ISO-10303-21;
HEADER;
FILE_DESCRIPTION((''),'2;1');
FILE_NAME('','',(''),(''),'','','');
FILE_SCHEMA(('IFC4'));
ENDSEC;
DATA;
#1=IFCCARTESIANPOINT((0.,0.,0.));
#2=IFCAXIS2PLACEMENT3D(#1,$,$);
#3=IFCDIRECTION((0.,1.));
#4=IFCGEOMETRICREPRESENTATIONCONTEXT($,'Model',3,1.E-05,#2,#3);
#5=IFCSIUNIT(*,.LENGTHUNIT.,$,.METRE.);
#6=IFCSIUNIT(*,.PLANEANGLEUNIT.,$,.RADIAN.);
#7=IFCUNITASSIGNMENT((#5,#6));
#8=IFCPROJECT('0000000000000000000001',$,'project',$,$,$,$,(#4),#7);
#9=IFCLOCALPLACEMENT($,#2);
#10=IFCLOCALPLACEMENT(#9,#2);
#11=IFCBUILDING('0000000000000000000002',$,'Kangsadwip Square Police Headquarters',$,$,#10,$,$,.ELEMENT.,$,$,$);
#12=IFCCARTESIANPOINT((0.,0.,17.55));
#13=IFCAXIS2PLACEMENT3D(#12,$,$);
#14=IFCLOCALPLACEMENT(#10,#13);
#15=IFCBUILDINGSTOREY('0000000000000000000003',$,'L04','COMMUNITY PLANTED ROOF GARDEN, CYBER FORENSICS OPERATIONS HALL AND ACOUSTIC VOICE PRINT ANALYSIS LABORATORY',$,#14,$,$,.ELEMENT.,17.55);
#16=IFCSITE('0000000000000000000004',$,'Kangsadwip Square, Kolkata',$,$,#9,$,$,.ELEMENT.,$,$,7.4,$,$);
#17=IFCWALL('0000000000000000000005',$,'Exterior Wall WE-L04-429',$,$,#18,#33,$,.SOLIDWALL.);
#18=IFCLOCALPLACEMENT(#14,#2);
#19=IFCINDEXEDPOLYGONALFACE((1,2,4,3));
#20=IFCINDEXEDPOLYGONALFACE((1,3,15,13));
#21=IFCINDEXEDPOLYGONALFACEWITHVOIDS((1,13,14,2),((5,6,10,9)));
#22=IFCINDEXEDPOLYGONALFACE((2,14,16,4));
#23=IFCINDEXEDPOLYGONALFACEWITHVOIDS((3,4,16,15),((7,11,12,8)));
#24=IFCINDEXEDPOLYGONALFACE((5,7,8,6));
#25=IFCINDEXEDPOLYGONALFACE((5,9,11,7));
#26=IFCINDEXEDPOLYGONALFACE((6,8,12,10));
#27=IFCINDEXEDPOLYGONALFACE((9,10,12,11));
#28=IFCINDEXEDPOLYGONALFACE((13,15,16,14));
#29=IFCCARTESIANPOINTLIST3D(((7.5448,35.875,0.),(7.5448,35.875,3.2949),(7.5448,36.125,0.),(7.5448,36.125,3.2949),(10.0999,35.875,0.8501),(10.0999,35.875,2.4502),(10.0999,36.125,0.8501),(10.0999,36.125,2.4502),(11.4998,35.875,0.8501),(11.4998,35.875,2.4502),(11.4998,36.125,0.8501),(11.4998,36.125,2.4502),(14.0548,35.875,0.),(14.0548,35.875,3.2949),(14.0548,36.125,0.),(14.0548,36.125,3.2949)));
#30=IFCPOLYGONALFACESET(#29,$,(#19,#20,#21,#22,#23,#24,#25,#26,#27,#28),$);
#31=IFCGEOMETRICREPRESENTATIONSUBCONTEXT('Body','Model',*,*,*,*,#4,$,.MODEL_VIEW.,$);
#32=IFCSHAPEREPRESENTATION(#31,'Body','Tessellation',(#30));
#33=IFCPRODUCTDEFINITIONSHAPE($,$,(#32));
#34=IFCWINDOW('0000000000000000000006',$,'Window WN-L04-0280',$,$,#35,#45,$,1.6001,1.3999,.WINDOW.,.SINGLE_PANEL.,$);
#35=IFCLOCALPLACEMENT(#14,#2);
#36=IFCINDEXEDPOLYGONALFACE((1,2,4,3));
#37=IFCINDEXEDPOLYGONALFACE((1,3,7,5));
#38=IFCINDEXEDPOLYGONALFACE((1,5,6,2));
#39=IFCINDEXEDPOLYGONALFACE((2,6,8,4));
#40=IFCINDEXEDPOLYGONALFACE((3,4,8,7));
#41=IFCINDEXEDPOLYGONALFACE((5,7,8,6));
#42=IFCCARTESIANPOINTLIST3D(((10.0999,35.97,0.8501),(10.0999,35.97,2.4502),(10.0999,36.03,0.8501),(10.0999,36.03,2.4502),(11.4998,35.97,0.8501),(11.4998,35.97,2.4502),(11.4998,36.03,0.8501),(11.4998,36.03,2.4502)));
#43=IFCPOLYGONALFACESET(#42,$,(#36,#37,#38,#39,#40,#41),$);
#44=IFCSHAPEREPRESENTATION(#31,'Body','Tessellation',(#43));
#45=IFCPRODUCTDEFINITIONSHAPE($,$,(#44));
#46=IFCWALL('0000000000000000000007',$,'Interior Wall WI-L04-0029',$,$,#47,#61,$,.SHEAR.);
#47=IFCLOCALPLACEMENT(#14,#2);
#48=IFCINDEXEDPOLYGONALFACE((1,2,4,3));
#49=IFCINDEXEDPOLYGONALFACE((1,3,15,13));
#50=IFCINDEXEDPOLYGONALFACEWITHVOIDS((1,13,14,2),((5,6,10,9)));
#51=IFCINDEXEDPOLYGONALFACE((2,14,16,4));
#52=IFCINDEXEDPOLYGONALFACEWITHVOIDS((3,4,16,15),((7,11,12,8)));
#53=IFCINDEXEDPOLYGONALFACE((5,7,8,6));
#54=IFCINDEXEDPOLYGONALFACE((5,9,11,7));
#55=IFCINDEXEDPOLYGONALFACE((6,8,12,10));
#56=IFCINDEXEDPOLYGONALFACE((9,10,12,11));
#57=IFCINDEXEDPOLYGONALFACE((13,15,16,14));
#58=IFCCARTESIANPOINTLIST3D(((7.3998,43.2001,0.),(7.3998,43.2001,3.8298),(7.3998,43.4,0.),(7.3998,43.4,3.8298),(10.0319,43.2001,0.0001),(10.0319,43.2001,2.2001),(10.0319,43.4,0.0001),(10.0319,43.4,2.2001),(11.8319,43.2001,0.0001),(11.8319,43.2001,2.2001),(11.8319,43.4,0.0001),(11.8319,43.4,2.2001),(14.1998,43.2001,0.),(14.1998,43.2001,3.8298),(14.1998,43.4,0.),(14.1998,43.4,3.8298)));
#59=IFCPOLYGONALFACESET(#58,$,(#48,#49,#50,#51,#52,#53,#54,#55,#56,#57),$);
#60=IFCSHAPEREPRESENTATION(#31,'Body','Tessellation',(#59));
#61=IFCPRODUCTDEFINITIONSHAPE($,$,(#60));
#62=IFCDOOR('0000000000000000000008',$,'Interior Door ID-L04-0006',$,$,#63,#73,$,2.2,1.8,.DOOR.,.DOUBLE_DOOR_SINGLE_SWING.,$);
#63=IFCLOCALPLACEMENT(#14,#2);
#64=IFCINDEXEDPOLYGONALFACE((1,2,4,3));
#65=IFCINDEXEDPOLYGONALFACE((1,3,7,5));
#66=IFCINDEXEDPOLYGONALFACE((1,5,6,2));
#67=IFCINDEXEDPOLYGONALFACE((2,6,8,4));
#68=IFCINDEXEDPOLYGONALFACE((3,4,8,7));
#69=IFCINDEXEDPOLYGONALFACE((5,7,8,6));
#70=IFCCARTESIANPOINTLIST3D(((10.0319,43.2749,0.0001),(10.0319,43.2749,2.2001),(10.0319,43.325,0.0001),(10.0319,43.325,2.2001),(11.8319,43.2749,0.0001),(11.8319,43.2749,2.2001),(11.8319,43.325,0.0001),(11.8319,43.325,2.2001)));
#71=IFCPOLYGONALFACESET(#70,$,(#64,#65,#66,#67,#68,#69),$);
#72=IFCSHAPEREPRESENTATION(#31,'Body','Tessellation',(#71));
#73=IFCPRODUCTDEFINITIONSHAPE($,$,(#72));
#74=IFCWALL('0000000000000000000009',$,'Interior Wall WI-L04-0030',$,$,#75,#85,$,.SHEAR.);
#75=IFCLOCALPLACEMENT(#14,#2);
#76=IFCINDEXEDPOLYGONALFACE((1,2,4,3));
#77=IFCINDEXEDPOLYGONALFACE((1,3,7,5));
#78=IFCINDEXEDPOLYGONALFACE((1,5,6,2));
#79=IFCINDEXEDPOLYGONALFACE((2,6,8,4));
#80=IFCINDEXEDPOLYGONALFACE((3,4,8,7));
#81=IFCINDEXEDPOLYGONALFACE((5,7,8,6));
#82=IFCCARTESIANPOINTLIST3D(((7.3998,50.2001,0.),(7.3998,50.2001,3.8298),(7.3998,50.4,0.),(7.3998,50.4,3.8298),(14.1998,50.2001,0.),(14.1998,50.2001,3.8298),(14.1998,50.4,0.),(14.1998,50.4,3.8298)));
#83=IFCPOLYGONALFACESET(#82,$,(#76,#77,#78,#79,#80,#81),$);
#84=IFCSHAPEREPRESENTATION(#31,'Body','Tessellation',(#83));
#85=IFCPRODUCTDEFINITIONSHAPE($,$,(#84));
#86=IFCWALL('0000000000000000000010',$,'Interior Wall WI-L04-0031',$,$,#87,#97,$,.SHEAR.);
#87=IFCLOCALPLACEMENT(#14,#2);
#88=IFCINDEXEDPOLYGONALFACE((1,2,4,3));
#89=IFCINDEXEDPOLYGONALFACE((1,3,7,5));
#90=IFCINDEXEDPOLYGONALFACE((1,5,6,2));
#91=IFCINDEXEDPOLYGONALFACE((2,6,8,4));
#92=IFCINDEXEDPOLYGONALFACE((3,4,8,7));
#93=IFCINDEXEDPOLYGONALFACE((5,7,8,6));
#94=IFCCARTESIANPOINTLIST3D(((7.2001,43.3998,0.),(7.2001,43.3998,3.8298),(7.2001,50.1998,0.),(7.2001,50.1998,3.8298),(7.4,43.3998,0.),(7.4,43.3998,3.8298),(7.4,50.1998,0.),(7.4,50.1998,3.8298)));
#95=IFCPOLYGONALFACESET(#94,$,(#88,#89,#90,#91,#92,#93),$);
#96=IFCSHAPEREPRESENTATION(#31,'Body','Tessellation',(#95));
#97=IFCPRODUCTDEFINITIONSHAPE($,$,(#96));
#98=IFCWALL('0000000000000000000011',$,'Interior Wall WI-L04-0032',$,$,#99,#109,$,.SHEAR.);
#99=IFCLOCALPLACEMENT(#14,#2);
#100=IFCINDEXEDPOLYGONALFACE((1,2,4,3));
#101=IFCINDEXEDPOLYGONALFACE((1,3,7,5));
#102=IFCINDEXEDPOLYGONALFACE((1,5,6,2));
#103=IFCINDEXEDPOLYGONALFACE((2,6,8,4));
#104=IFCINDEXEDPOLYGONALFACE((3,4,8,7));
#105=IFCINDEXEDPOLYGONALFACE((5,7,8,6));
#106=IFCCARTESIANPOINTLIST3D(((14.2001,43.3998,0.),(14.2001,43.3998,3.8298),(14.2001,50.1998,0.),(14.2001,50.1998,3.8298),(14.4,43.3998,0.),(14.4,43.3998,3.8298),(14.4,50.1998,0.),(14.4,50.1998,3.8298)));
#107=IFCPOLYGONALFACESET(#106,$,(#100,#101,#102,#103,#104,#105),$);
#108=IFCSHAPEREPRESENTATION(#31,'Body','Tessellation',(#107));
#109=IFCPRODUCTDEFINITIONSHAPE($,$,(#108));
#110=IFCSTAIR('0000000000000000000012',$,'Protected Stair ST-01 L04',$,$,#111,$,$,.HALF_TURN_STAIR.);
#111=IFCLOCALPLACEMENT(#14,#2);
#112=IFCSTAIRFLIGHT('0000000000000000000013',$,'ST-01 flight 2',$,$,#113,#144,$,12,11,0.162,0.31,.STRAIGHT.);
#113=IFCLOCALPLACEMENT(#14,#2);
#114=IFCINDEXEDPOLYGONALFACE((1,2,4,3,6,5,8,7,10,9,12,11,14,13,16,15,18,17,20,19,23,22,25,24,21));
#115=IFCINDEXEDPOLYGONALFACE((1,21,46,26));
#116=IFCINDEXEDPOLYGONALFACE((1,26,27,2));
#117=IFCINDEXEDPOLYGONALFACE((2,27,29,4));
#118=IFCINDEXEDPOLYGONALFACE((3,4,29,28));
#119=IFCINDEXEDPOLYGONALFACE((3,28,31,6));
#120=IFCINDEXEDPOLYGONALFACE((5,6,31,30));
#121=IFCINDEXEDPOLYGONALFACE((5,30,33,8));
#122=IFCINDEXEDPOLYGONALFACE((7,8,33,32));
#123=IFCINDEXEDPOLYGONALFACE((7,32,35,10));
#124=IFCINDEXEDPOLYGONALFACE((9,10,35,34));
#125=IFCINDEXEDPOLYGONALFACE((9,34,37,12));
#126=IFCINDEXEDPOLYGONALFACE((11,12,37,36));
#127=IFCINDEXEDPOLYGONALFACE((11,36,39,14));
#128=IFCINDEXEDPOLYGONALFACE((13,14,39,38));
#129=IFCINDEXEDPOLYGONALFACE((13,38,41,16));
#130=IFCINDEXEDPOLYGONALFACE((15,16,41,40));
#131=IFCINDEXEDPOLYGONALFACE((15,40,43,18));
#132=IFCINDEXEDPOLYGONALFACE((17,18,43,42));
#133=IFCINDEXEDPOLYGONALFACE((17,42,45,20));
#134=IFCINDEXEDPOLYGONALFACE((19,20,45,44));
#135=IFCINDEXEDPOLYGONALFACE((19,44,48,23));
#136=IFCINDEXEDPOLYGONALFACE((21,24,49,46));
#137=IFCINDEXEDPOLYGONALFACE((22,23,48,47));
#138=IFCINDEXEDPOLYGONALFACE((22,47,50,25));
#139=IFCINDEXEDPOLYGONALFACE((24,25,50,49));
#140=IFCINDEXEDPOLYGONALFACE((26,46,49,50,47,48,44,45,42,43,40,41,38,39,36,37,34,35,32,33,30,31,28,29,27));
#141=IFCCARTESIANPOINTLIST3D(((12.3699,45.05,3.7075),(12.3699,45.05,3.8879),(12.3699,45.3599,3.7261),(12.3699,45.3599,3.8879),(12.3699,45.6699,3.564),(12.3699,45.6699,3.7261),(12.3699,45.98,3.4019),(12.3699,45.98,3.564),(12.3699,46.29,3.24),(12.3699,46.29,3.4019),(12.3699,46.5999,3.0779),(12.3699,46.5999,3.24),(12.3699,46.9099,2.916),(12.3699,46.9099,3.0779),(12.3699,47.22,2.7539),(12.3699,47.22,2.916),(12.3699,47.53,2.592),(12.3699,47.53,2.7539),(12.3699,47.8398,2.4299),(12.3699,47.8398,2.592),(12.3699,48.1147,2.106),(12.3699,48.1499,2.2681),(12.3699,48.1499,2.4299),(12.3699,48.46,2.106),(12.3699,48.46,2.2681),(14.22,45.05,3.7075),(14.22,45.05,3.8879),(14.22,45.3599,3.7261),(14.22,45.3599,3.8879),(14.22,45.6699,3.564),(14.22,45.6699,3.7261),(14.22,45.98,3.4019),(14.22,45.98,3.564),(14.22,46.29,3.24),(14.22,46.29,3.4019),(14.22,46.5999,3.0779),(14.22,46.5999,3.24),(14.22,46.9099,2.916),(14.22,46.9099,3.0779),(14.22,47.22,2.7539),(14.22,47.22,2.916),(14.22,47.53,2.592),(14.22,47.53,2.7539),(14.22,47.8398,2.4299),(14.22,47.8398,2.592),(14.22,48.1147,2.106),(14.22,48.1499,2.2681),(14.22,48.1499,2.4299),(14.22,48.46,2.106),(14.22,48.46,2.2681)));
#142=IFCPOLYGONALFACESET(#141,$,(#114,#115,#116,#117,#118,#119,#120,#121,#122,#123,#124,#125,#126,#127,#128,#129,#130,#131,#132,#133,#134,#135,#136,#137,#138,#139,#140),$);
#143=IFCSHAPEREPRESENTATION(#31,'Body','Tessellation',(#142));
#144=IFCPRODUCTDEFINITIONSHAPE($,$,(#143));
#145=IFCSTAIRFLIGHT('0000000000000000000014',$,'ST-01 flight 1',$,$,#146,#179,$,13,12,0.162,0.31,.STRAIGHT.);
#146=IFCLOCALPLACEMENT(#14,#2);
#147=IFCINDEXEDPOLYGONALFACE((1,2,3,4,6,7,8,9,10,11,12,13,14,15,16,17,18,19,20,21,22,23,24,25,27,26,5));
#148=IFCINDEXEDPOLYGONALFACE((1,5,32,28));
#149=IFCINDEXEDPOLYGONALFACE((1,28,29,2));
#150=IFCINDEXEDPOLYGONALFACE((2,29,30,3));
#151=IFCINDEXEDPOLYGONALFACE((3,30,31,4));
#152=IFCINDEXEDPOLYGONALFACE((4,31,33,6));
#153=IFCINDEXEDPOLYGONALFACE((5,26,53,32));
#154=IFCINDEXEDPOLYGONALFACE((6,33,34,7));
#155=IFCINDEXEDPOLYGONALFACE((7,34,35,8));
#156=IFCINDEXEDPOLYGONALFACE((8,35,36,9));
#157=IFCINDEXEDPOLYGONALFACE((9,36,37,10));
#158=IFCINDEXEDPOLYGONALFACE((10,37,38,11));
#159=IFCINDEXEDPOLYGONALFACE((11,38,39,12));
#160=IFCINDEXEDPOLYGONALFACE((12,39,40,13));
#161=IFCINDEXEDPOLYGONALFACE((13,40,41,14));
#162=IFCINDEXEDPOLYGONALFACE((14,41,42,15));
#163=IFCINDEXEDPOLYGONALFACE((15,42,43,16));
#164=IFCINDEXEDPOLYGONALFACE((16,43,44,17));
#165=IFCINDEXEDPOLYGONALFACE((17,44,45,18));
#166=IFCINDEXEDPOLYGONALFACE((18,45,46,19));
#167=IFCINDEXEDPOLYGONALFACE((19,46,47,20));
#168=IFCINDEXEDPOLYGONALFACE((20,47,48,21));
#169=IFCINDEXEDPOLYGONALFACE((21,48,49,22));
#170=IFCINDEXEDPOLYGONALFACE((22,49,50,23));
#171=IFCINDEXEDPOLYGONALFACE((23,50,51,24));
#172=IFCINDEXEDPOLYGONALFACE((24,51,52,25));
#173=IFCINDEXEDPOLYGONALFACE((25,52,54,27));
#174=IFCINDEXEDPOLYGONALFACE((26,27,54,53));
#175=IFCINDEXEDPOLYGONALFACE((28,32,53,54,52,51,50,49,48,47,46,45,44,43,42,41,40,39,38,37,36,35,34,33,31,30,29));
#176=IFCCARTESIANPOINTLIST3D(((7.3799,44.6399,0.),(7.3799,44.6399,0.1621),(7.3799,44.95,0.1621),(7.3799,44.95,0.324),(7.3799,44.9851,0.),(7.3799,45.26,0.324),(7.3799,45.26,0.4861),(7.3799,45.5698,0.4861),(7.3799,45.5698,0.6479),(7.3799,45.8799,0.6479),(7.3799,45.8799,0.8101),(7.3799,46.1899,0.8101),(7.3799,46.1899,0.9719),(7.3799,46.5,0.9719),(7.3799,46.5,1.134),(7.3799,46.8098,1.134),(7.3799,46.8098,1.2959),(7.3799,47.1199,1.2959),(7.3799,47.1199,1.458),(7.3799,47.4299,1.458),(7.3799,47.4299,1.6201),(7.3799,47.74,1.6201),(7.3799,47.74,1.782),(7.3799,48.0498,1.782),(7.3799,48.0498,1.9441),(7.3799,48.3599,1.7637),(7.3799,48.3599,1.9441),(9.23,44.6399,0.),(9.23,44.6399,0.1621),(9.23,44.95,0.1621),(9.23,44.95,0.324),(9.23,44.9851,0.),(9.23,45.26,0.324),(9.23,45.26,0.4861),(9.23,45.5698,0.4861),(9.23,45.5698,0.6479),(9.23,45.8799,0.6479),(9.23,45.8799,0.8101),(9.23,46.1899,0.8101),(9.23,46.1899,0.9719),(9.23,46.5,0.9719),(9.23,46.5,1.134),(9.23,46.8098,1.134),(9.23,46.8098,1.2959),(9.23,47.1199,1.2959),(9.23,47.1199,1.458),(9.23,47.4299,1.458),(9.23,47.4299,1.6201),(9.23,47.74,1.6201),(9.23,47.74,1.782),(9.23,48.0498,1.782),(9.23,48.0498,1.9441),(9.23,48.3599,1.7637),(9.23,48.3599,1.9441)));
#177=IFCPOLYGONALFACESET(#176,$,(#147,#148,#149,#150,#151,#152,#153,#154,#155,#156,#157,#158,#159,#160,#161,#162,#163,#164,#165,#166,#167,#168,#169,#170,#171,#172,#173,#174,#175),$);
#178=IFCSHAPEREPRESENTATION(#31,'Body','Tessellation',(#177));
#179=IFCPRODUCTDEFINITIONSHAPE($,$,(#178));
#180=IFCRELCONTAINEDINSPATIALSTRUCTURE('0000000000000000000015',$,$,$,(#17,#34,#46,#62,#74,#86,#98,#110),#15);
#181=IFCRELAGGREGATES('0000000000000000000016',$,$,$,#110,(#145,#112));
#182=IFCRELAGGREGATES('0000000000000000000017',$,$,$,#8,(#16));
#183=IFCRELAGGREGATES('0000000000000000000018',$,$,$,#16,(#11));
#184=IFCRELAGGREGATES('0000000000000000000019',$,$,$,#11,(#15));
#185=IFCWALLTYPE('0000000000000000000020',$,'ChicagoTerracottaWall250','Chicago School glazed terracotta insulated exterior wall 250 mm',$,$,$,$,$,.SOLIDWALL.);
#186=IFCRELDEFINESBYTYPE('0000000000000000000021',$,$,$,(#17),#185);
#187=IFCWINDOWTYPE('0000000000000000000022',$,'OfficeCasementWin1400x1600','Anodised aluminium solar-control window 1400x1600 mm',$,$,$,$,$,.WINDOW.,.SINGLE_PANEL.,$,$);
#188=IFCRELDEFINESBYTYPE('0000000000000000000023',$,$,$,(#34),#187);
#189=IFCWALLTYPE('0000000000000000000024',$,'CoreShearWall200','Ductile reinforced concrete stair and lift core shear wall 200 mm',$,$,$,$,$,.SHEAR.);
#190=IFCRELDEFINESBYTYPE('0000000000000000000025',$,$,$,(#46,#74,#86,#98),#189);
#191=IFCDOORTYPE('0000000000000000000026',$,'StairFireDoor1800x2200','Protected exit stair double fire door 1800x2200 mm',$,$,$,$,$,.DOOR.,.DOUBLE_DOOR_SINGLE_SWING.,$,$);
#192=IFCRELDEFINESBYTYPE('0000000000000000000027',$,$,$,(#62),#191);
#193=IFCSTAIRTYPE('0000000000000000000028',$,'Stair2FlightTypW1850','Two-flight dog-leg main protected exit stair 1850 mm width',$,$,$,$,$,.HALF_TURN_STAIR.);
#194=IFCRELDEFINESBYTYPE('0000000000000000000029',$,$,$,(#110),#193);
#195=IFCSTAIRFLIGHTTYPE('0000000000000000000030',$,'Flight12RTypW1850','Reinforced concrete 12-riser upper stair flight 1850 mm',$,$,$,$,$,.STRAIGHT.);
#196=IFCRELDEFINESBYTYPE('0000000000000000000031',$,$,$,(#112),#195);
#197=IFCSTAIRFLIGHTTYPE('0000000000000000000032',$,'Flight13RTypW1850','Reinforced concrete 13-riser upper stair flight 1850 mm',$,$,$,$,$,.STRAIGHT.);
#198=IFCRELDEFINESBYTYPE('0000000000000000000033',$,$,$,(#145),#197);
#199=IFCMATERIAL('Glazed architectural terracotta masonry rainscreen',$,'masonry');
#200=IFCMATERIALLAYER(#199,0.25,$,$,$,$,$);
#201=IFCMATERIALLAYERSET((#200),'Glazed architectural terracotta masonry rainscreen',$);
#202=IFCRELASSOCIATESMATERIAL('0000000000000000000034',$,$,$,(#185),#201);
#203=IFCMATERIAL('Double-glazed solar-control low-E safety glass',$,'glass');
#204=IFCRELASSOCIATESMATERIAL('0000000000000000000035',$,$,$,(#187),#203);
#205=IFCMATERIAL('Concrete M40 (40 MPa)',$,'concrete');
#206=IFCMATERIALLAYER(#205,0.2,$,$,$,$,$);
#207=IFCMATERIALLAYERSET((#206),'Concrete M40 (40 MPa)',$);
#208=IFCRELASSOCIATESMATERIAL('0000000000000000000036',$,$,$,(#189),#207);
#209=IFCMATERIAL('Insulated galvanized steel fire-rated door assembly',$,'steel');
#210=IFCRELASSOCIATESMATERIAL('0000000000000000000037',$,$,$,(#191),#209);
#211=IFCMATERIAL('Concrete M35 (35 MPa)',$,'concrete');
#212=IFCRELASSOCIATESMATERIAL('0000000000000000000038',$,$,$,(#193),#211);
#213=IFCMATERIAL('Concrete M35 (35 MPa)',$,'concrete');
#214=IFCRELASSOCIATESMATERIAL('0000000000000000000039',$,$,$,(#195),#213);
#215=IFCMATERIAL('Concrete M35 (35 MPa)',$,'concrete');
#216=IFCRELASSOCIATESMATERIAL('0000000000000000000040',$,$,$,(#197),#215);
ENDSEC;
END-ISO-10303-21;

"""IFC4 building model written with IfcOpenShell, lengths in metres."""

from ifc_helpers import new_model, si_unit, direction, frame, frame_2d, origin, place, context, subcontext, project, spatial, polyline, rectangle, outline, extrude, material, layer, layer_set, type_object, element, fill, aggregate, save


model = new_model("IFC4")

# Units and contexts
model_context = context("Model", 3, precision=1e-05, world=origin(), true_north=direction((0.0, 1.0)))
body_context = subcontext(model_context, "Body", "Model", "MODEL_VIEW")
ifc_project = project(units=[si_unit("LENGTHUNIT", "METRE"), si_unit("PLANEANGLEUNIT", "RADIAN")], contexts=[model_context])

# Site, building, storey
site_placement = place(None, origin())
site = spatial("IfcSite", under=ifc_project, at=site_placement, Name="Kangsadwip Square, Kolkata", CompositionType="ELEMENT", RefElevation=7.4)
building_placement = place(site_placement, origin())
building = spatial("IfcBuilding", under=site, at=building_placement, Name="Kangsadwip Square Police Headquarters", CompositionType="ELEMENT")
storey_placement = place(building_placement, frame((0.0, 0.0, 17.55)))
storey = spatial("IfcBuildingStorey", under=building, at=storey_placement, Name="L04", Description="COMMUNITY PLANTED ROOF GARDEN, CYBER FORENSICS OPERATIONS HALL AND ACOUSTIC VOICE PRINT ANALYSIS LABORATORY", CompositionType="ELEMENT", Elevation=17.55)

# Wall, opening, window
ifc_material_1 = material(Name="Glazed architectural terracotta masonry rainscreen", Category="masonry")
ifc_layer_1 = layer(ifc_material_1, 0.25)
ifc_layer_set_1 = layer_set([ifc_layer_1], Name="Glazed architectural terracotta masonry rainscreen")
wall_type_1 = type_object("IfcWallType", Name="ChicagoTerracottaWall250", Description="Chicago School glazed terracotta insulated exterior wall 250 mm", PredefinedType="SOLIDWALL", material=ifc_layer_set_1)
wall_1_placement = place(storey_placement, frame((7.5449, 36.0, 0.0), z_axis=(0.0, 0.0, 1.0), x_axis=(1.0, 0.0, 0.0)))
wall_1 = element("IfcWall", 1, at=wall_1_placement, inside=storey, type_object=wall_type_1, Name="Exterior Wall WE-L04-429", PredefinedType="SOLIDWALL", context=body_context, shape_type="SweptSolid", body=[
    extrude(rectangle(XDim=6.51, YDim=0.25, at=frame_2d((3.2549, 0.0))), origin(), (0.0, 0.0, 1.0), 3.2949),
])
opening_1_placement = place(wall_1_placement, frame((2.5549, 0.0, 0.8501)))
opening_1 = element("IfcOpeningElement", 2, at=opening_1_placement, cuts=wall_1, PredefinedType="OPENING", context=body_context, shape_type="SweptSolid", body=[
    extrude(rectangle(XDim=1.3999, YDim=1.6001, at=frame_2d((0.7, 0.8))), frame((0.0, 0.135, 0.0), z_axis=(0.0, -1.0, 0.0), x_axis=(1.0, 0.0, 0.0)), (0.0, 0.0, 1.0), 0.27),
])
ifc_material_2 = material(Name="Double-glazed solar-control low-E safety glass", Category="glass")
window_type = type_object("IfcWindowType", Name="OfficeCasementWin1400x1600", Description="Anodised aluminium solar-control window 1400x1600 mm", PartitioningType="SINGLE_PANEL", PredefinedType="WINDOW", material=ifc_material_2)
window_placement = place(opening_1_placement, origin())
window = element("IfcWindow", 3, at=window_placement, inside=storey, type_object=window_type, Name="Window WN-L04-0280", OverallHeight=1.6001, OverallWidth=1.3999, PartitioningType="SINGLE_PANEL", PredefinedType="WINDOW", context=body_context, shape_type="SweptSolid", body=[
    extrude(rectangle(XDim=1.3999, YDim=1.6001, at=frame_2d((0.7, 0.8))), frame((0.0, 0.03, 0.0), z_axis=(0.0, -1.0, 0.0), x_axis=(1.0, 0.0, 0.0)), (0.0, 0.0, 1.0), 0.0601),
])
fill(opening_1, window)

# Wall, opening, door
ifc_material_3 = material(Name="Concrete M40 (40 MPa)", Category="concrete")
ifc_layer_2 = layer(ifc_material_3, 0.2)
ifc_layer_set_2 = layer_set([ifc_layer_2], Name="Concrete M40 (40 MPa)")
wall_type_2 = type_object("IfcWallType", Name="CoreShearWall200", Description="Ductile reinforced concrete stair and lift core shear wall 200 mm", PredefinedType="SHEAR", material=ifc_layer_set_2)
wall_2_placement = place(storey_placement, frame((7.3999, 43.3, 0.0), z_axis=(0.0, 0.0, 1.0), x_axis=(1.0, 0.0, 0.0)))
wall_2 = element("IfcWall", 4, at=wall_2_placement, inside=storey, type_object=wall_type_2, Name="Interior Wall WI-L04-0029", PredefinedType="SHEAR", context=body_context, shape_type="SweptSolid", body=[
    extrude(rectangle(XDim=6.8, YDim=0.2, at=frame_2d((3.3999, 0.0))), origin(), (0.0, 0.0, 1.0), 3.8298),
])
opening_2_placement = place(wall_2_placement, frame((2.6321, 0.0, 0.0)))
opening_2 = element("IfcOpeningElement", 5, at=opening_2_placement, cuts=wall_2, PredefinedType="OPENING", context=body_context, shape_type="SweptSolid", body=[
    extrude(rectangle(XDim=1.8, YDim=2.2, at=frame_2d((0.8999, 1.1001))), frame((0.0, 0.1099, 0.0), z_axis=(0.0, -1.0, 0.0), x_axis=(1.0, 0.0, 0.0)), (0.0, 0.0, 1.0), 0.22),
])
ifc_material_4 = material(Name="Insulated galvanized steel fire-rated door assembly", Category="steel")
door_type = type_object("IfcDoorType", Name="StairFireDoor1800x2200", Description="Protected exit stair double fire door 1800x2200 mm", OperationType="DOUBLE_DOOR_SINGLE_SWING", PredefinedType="DOOR", material=ifc_material_4)
door_placement = place(opening_2_placement, origin())
door = element("IfcDoor", 6, at=door_placement, inside=storey, type_object=door_type, Name="Interior Door ID-L04-0006", OperationType="DOUBLE_DOOR_SINGLE_SWING", OverallHeight=2.2, OverallWidth=1.8, PredefinedType="DOOR", context=body_context, shape_type="SweptSolid", body=[
    extrude(rectangle(XDim=1.8, YDim=2.2, at=frame_2d((0.8999, 1.1001))), frame((0.0, 0.0249, 0.0), z_axis=(0.0, -1.0, 0.0), x_axis=(1.0, 0.0, 0.0)), (0.0, 0.0, 1.0), 0.05),
])
fill(opening_2, door)

# Walls
for number, where, z_axis, x_axis, name in (
    (7, (7.3999, 50.3, 0.0), (0.0, 0.0, 1.0), (1.0, 0.0, 0.0), "Interior Wall WI-L04-0030"),
    (8, (7.3, 43.3999, 0.0), (0.0, 0.0, 1.0), (0.0, 1.0, 0.0), "Interior Wall WI-L04-0031"),
    (9, (14.3, 43.3999, 0.0), (0.0, 0.0, 1.0), (0.0, 1.0, 0.0), "Interior Wall WI-L04-0032"),
):
    element("IfcWall", number, at=place(storey_placement, frame(where, z_axis=z_axis, x_axis=x_axis)), inside=storey, type_object=wall_type_2, Name=name, PredefinedType="SHEAR", context=body_context, shape_type="SweptSolid", body=[
        extrude(rectangle(XDim=6.8, YDim=0.2, at=frame_2d((3.3999, 0.0))), origin(), (0.0, 0.0, 1.0), 3.8298),
    ])

# Stair, stair flights
ifc_material_5 = material(Name="Concrete M35 (35 MPa)", Category="concrete")
stair_type = type_object("IfcStairType", Name="Stair2FlightTypW1850", Description="Two-flight dog-leg main protected exit stair 1850 mm width", PredefinedType="HALF_TURN_STAIR", material=ifc_material_5)
stair_placement = place(storey_placement, origin())
stair = element("IfcStair", 10, at=stair_placement, inside=storey, type_object=stair_type, Name="Protected Stair ST-01 L04", PredefinedType="HALF_TURN_STAIR")
ifc_material_6 = material(Name="Concrete M35 (35 MPa)", Category="concrete")
stair_flight_type_1 = type_object("IfcStairFlightType", Name="Flight12RTypW1850", Description="Reinforced concrete 12-riser upper stair flight 1850 mm", PredefinedType="STRAIGHT", material=ifc_material_6)
stair_flight_1_placement = place(storey_placement, frame((13.2949, 48.46, 2.106), z_axis=(0.0, 0.0, 1.0), x_axis=(0.0, -1.0, 0.0)))
stair_flight_1 = element("IfcStairFlight", 11, at=stair_flight_1_placement, type_object=stair_flight_type_1, Name="ST-01 flight 2", NumberOfRisers=12, NumberOfTreads=11, PredefinedType="STRAIGHT", RiserHeight=0.162, TreadLength=0.31, context=body_context, shape_type="SweptSolid", body=[
    extrude(outline(polyline([(0.0, 0.0), (0.0, 0.1621), (0.3101, 0.1621), (0.3101, 0.324), (0.6201, 0.324), (0.6201, 0.4861), (0.9299, 0.4861), (0.9299, 0.6479), (1.24, 0.6479), (1.24, 0.8101), (1.55, 0.8101), (1.55, 0.9719), (1.8601, 0.9719), (1.8601, 1.134), (2.1699, 1.134), (2.1699, 1.2959), (2.48, 1.2959), (2.48, 1.458), (2.79, 1.458), (2.79, 1.6201), (3.1001, 1.6201), (3.1001, 1.782), (3.4099, 1.782), (3.4099, 1.9441), (3.4099, 1.6016), (0.3452, 0.0), (0.0, 0.0)])), frame((0.0, 0.925, 0.0), z_axis=(0.0, -1.0, 0.0), x_axis=(1.0, 0.0, 0.0)), (0.0, 0.0, 1.0), 1.8501),
])
ifc_material_7 = material(Name="Concrete M35 (35 MPa)", Category="concrete")
stair_flight_type_2 = type_object("IfcStairFlightType", Name="Flight13RTypW1850", Description="Reinforced concrete 13-riser upper stair flight 1850 mm", PredefinedType="STRAIGHT", material=ifc_material_7)
stair_flight_2_placement = place(storey_placement, frame((8.3049, 44.6399, 0.0), z_axis=(0.0, 0.0, 1.0), x_axis=(0.0, 1.0, 0.0)))
stair_flight_2 = element("IfcStairFlight", 12, at=stair_flight_2_placement, type_object=stair_flight_type_2, Name="ST-01 flight 1", NumberOfRisers=13, NumberOfTreads=12, PredefinedType="STRAIGHT", RiserHeight=0.162, TreadLength=0.31, context=body_context, shape_type="SweptSolid", body=[
    extrude(outline(polyline([(0.0, 0.0), (0.0, 0.1621), (0.3101, 0.1621), (0.3101, 0.324), (0.6201, 0.324), (0.6201, 0.4861), (0.9299, 0.4861), (0.9299, 0.6479), (1.24, 0.6479), (1.24, 0.8101), (1.55, 0.8101), (1.55, 0.9719), (1.8601, 0.9719), (1.8601, 1.134), (2.1699, 1.134), (2.1699, 1.2959), (2.48, 1.2959), (2.48, 1.458), (2.79, 1.458), (2.79, 1.6201), (3.1001, 1.6201), (3.1001, 1.782), (3.4099, 1.782), (3.4099, 1.9441), (3.72, 1.9441), (3.72, 2.106), (3.72, 1.7637), (0.3452, 0.0), (0.0, 0.0)])), frame((0.0, 0.925, 0.0), z_axis=(0.0, -1.0, 0.0), x_axis=(1.0, 0.0, 0.0)), (0.0, 0.0, 1.0), 1.8501),
])
aggregate(stair, [stair_flight_2, stair_flight_1])

save(model, "model.ifc")
